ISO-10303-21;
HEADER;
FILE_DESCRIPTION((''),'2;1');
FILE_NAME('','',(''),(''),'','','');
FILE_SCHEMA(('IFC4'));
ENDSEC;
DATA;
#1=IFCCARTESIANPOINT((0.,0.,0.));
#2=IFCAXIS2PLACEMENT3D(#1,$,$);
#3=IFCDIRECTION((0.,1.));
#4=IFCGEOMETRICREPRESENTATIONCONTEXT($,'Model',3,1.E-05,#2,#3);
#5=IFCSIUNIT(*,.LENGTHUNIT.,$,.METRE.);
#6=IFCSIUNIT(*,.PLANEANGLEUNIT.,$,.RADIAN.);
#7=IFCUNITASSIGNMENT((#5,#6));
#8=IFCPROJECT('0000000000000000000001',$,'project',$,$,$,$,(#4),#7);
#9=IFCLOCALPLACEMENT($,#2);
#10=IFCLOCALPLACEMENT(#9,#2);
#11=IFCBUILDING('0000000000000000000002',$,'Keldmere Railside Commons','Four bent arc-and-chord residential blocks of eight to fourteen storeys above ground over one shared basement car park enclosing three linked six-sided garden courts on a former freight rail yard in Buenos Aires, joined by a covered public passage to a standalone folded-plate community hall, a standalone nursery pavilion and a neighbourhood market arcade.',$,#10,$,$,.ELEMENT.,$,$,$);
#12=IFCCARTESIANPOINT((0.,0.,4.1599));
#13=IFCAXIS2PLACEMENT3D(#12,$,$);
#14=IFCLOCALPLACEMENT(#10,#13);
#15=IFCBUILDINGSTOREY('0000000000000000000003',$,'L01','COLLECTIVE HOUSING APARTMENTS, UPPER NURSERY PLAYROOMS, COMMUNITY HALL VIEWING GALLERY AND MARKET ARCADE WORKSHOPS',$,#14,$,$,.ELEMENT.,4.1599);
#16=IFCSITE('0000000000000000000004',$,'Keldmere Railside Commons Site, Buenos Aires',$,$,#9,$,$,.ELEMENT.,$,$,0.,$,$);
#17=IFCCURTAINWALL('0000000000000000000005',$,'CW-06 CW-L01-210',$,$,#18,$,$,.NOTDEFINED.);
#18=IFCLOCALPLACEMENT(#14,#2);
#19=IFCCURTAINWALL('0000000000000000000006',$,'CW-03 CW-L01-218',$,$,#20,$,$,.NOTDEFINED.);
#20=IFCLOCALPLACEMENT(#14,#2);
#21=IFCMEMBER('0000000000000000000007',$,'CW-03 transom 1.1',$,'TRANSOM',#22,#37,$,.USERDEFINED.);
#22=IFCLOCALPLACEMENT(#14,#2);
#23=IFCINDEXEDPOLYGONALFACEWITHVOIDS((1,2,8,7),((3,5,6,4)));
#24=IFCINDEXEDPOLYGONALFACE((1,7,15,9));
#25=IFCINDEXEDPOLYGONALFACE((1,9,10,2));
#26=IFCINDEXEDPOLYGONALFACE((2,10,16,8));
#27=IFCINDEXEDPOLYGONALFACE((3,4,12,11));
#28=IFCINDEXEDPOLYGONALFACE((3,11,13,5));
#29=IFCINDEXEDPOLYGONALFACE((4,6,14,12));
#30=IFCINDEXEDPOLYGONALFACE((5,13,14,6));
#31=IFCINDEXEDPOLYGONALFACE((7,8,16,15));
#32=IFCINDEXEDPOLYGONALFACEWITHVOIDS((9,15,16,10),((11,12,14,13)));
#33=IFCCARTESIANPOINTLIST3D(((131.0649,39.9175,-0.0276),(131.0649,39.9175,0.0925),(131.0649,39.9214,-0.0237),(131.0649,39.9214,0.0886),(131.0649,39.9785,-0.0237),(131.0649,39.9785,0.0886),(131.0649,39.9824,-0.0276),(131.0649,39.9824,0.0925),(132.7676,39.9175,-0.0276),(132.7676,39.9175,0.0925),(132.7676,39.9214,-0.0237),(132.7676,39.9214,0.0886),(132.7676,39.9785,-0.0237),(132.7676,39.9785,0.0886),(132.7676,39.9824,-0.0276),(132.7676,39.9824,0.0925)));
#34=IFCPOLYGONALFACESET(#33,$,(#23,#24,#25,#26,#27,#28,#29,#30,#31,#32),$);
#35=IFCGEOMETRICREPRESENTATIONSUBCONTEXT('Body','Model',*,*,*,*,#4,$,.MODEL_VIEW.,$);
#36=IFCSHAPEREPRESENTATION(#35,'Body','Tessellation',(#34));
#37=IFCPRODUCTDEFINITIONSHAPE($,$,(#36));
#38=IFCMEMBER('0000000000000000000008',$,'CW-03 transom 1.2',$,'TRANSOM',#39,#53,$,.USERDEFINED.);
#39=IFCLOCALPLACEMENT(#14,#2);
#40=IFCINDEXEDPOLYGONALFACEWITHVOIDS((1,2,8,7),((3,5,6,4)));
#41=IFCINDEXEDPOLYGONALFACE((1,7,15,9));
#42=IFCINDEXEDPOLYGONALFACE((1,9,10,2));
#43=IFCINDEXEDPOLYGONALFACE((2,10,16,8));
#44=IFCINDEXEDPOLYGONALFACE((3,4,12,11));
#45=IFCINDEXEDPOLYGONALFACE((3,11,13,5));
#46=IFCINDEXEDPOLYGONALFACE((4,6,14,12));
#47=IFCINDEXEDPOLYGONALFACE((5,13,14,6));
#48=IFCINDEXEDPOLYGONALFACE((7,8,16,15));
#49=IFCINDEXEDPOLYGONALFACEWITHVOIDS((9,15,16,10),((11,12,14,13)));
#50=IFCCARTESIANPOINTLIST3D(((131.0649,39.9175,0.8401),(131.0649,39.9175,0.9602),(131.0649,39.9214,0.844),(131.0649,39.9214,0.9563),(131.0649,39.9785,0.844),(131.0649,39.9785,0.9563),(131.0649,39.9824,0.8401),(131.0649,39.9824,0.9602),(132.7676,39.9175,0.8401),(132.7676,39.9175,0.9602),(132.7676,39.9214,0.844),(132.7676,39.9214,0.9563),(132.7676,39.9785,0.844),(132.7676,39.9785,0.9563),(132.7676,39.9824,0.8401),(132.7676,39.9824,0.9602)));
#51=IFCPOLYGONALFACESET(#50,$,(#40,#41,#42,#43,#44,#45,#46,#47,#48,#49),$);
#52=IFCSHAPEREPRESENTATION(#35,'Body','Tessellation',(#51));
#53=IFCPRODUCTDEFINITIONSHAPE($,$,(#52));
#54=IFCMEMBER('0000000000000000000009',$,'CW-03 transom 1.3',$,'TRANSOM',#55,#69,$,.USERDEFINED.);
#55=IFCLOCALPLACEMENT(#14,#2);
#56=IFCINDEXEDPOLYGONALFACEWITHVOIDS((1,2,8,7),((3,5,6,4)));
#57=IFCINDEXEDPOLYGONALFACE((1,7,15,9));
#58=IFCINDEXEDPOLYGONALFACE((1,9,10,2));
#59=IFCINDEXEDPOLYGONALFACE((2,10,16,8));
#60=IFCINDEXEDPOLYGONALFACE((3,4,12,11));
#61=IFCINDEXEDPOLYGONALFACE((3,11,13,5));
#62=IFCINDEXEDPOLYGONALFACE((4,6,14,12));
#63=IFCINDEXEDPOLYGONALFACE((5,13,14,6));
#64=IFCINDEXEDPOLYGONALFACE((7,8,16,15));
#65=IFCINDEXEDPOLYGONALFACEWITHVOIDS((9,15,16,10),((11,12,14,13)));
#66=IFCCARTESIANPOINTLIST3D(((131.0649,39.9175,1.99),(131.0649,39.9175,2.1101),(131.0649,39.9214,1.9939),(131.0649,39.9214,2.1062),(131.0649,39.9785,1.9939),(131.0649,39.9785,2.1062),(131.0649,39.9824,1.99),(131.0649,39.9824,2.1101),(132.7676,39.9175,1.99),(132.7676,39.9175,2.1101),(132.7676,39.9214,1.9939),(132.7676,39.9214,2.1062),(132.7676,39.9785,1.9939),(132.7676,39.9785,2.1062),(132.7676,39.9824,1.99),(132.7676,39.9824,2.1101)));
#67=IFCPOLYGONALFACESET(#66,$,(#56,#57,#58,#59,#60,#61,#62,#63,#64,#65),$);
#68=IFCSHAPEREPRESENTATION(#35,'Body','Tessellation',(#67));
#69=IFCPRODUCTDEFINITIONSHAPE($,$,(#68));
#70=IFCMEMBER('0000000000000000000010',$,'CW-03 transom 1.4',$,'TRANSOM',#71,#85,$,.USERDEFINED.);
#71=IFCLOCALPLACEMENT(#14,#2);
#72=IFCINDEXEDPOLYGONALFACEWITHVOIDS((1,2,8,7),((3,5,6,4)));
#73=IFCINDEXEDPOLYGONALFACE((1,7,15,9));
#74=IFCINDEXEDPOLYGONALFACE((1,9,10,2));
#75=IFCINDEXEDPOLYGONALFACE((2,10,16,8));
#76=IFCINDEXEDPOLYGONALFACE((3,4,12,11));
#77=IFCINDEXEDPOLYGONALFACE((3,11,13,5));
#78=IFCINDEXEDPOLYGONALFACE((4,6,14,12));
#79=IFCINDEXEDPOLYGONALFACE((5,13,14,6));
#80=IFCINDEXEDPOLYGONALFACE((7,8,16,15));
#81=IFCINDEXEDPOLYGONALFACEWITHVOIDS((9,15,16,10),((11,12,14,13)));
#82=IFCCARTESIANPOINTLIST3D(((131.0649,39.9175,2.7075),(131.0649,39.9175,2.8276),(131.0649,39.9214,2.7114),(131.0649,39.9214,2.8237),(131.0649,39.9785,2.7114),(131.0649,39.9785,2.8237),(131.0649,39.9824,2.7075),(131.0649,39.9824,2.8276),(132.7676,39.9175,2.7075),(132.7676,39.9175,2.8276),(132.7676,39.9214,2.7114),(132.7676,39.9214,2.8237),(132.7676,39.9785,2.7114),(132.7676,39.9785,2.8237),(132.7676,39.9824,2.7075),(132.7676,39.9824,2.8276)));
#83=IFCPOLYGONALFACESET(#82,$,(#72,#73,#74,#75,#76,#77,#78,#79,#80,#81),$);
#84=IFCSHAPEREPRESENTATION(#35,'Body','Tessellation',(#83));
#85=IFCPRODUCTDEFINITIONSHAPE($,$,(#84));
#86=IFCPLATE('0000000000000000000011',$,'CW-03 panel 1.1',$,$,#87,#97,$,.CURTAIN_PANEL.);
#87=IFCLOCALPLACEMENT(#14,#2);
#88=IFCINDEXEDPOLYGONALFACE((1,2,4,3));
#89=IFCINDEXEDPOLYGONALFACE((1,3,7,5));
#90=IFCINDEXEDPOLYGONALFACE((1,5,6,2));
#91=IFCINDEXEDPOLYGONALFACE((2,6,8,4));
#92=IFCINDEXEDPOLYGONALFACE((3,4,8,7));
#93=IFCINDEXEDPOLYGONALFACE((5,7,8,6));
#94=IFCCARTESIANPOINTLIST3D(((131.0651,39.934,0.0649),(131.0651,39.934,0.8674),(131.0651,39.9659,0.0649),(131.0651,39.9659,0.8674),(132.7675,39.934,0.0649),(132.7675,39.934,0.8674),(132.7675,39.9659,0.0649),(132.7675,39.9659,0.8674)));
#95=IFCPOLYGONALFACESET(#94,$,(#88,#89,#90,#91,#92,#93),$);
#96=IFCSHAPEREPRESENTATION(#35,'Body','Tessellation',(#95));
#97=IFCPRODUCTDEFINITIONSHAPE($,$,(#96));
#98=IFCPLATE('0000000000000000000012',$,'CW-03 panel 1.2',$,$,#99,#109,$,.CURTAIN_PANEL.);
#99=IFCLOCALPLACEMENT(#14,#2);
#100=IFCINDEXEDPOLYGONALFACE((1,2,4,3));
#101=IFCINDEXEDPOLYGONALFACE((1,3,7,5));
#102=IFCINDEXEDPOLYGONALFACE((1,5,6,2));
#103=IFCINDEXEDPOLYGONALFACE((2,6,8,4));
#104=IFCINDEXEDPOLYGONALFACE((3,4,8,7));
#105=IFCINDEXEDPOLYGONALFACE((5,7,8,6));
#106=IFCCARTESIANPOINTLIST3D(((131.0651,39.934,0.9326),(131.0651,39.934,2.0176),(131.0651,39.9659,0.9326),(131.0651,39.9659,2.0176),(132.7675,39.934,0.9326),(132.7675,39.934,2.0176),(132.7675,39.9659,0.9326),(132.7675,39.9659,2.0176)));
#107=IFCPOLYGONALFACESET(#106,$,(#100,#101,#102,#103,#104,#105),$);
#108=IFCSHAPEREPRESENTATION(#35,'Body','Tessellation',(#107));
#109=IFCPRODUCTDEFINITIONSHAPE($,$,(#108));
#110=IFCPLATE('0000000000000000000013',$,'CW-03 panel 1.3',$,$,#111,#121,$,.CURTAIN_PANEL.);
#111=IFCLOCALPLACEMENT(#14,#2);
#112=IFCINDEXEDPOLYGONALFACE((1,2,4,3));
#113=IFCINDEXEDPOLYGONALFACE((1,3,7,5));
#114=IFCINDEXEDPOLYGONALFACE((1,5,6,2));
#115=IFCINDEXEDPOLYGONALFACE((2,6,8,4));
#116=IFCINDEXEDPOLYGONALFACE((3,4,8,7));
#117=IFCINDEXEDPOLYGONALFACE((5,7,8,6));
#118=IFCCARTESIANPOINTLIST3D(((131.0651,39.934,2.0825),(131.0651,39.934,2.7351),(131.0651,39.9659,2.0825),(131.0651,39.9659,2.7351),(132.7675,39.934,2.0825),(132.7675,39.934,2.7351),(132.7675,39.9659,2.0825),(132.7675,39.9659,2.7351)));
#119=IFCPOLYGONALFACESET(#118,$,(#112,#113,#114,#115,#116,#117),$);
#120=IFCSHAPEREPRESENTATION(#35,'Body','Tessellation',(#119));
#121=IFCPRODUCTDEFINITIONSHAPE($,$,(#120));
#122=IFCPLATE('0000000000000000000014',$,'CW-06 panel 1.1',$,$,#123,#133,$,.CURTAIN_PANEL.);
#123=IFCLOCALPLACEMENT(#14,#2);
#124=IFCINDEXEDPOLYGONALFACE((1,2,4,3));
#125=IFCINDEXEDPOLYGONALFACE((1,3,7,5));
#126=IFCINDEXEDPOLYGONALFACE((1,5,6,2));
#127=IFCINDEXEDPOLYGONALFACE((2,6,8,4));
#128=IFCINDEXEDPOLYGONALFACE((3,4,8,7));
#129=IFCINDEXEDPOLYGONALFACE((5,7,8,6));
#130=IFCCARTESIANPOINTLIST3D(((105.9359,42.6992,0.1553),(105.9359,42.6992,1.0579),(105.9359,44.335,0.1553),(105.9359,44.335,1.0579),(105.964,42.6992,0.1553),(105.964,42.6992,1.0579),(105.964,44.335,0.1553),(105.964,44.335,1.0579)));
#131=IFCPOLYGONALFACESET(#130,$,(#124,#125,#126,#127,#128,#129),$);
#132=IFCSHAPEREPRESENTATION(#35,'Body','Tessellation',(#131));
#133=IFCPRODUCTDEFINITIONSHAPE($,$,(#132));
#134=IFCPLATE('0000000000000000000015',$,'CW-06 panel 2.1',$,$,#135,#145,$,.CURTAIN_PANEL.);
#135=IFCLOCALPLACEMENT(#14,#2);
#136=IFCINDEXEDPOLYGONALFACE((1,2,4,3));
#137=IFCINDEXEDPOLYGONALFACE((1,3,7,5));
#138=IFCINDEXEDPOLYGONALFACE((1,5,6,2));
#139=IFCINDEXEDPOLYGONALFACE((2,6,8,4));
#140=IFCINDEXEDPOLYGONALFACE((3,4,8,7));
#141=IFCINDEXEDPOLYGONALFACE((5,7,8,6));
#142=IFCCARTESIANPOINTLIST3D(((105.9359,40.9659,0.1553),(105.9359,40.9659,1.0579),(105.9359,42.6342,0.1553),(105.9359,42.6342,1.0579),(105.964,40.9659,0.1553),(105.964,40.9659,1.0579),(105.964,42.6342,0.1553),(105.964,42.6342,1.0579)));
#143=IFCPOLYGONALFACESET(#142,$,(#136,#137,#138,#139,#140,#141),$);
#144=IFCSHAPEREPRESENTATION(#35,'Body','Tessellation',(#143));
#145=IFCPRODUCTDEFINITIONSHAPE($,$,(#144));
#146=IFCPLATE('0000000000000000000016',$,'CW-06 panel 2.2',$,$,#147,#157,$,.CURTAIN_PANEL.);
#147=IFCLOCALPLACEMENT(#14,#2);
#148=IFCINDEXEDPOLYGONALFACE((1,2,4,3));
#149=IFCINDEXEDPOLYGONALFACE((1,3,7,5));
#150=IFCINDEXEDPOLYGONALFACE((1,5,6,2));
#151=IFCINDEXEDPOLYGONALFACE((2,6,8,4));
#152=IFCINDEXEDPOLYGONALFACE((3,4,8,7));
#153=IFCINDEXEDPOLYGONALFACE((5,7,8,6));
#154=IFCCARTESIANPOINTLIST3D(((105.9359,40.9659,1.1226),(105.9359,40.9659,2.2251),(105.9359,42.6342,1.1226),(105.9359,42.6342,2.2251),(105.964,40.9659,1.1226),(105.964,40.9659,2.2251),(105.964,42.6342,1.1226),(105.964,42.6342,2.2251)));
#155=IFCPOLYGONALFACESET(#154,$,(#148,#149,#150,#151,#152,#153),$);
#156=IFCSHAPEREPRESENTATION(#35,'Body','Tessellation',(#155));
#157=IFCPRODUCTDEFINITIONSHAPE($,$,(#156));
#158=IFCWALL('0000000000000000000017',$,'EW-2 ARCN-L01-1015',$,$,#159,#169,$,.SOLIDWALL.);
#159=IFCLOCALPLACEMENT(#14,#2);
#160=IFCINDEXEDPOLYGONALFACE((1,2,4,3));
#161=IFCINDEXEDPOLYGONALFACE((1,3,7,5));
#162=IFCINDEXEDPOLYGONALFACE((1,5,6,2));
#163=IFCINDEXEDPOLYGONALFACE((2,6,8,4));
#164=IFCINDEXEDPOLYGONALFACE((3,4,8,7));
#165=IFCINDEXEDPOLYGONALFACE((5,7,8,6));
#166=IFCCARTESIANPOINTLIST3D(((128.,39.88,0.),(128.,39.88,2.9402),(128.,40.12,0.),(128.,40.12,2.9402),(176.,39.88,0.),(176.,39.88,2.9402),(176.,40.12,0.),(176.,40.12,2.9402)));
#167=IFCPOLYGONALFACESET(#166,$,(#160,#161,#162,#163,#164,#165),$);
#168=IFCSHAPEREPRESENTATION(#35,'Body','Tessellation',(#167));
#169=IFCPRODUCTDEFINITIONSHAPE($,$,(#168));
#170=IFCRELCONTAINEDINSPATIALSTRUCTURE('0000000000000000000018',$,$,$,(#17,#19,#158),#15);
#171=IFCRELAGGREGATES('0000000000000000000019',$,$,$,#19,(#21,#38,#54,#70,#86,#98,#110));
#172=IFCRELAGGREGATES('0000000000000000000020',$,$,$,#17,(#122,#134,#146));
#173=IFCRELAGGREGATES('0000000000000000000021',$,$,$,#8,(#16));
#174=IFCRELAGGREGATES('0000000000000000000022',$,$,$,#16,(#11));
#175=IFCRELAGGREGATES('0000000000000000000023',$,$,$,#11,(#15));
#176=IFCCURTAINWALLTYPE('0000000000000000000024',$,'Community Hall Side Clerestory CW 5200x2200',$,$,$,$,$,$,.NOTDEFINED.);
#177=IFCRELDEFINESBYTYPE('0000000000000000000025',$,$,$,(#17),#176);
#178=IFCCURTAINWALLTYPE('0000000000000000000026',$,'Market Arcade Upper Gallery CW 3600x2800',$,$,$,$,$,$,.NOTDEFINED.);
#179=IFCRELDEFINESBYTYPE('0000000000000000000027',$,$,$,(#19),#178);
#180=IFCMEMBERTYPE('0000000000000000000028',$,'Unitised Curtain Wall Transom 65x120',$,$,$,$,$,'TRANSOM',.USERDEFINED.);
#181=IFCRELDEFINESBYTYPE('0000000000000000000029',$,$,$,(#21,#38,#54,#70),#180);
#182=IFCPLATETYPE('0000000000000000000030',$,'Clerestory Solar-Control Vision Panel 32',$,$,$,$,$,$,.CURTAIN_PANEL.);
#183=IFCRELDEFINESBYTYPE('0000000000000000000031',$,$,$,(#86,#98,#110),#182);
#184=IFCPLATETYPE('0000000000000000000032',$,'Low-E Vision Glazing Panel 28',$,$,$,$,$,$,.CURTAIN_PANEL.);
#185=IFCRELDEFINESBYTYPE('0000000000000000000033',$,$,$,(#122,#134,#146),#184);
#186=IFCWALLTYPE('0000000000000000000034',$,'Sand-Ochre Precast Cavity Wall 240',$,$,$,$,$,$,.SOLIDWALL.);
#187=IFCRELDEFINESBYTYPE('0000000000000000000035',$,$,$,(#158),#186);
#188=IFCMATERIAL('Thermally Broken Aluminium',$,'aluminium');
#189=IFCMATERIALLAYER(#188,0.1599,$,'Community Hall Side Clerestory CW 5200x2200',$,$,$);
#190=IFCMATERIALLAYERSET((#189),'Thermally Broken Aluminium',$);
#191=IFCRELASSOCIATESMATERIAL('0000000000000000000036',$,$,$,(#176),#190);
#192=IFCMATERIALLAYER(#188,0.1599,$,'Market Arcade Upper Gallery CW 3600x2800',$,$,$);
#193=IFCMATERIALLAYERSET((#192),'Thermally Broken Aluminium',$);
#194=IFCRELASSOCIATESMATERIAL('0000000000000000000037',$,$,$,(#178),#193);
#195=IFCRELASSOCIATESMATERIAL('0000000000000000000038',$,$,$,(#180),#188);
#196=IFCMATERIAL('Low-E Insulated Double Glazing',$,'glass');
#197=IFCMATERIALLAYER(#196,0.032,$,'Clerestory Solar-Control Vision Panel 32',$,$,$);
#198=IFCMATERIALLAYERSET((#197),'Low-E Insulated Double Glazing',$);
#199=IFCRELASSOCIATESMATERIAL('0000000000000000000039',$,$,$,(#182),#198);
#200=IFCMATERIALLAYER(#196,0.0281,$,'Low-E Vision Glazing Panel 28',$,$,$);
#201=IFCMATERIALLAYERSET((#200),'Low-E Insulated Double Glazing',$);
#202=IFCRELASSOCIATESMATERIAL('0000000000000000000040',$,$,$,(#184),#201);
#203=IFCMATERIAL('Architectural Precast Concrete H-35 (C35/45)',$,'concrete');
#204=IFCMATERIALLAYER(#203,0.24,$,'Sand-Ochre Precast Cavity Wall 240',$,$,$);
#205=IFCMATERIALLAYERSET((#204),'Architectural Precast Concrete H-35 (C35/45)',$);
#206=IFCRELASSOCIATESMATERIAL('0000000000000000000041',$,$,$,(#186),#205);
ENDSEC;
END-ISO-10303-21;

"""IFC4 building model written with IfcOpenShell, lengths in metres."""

from ifc_helpers import new_model, si_unit, direction, frame, frame_2d, origin, origin_2d, place, context, subcontext, project, spatial, rectangle, hollow_rectangle, extrude, material, layer, layer_set, material_profile, profile_set, type_object, element, aggregate, save


model = new_model("IFC4")

# Units and contexts
model_context = context("Model", 3, precision=1e-05, world=origin(), true_north=direction((0.0, 1.0)))
body_context = subcontext(model_context, "Body", "Model", "MODEL_VIEW")
ifc_project = project(units=[si_unit("LENGTHUNIT", "METRE"), si_unit("PLANEANGLEUNIT", "RADIAN")], contexts=[model_context])

# Site, building, storey
site_placement = place(None, origin())
site = spatial("IfcSite", under=ifc_project, at=site_placement, Name="Keldmere Railside Commons Site, Buenos Aires", CompositionType="ELEMENT", RefElevation=0.0)
building_placement = place(site_placement, origin())
building = spatial("IfcBuilding", under=site, at=building_placement, Name="Keldmere Railside Commons", Description="Four bent arc-and-chord residential blocks of eight to fourteen storeys above ground over one shared basement car park enclosing three linked six-sided garden courts on a former freight rail yard in Buenos Aires, joined by a covered public passage to a standalone folded-plate community hall, a standalone nursery pavilion and a neighbourhood market arcade.", CompositionType="ELEMENT")
storey_placement = place(building_placement, frame((0.0, 0.0, 4.1599)))
storey = spatial("IfcBuildingStorey", under=building, at=storey_placement, Name="L01", Description="COLLECTIVE HOUSING APARTMENTS, UPPER NURSERY PLAYROOMS, COMMUNITY HALL VIEWING GALLERY AND MARKET ARCADE WORKSHOPS", CompositionType="ELEMENT", Elevation=4.1599)

# Curtain wall
ifc_material_1 = material(Name="Thermally Broken Aluminium", Category="aluminium")
ifc_layer_1 = layer(ifc_material_1, 0.1599, Name="Community Hall Side Clerestory CW 5200x2200")
ifc_layer_set_1 = layer_set([ifc_layer_1], Name="Thermally Broken Aluminium")
curtain_wall_type_1 = type_object("IfcCurtainWallType", Name="Community Hall Side Clerestory CW 5200x2200", PredefinedType="NOTDEFINED", material=ifc_layer_set_1)
curtain_wall_1_placement = place(storey_placement, origin())
curtain_wall_1 = element("IfcCurtainWall", 1, at=curtain_wall_1_placement, inside=storey, type_object=curtain_wall_type_1, Name="CW-06 CW-L01-210", PredefinedType="NOTDEFINED")

# Shared definitions
ifc_material_2 = material(Name="Architectural Precast Concrete H-35 (C35/45)", Category="concrete")

# Curtain wall, members, plates
ifc_layer_2 = layer(ifc_material_1, 0.1599, Name="Market Arcade Upper Gallery CW 3600x2800")
ifc_layer_set_2 = layer_set([ifc_layer_2], Name="Thermally Broken Aluminium")
curtain_wall_type_2 = type_object("IfcCurtainWallType", Name="Market Arcade Upper Gallery CW 3600x2800", PredefinedType="NOTDEFINED", material=ifc_layer_set_2)
curtain_wall_2_placement = place(storey_placement, origin())
curtain_wall_2 = element("IfcCurtainWall", 2, at=curtain_wall_2_placement, inside=storey, type_object=curtain_wall_type_2, Name="CW-03 CW-L01-218", PredefinedType="NOTDEFINED")
ifc_material_profile_1 = material_profile(ifc_material_1, hollow_rectangle(XDim=0.0649, YDim=0.1201, WallThickness=0.0039, at=origin_2d()), Name="ALU-TRAN-65x120")
ifc_profile_set_1 = profile_set([ifc_material_profile_1], Name="Thermally Broken Aluminium")
member_type_1 = type_object("IfcMemberType", Name="Unitised Curtain Wall Transom 65x120", ElementType="TRANSOM", PredefinedType="USERDEFINED", material=ifc_profile_set_1)
member_1_placement = place(storey_placement, frame((131.0649, 39.95, 0.0325), z_axis=(1.0, 0.0, 0.0), x_axis=(0.0, 1.0, 0.0)))
member_1 = element("IfcMember", 3, at=member_1_placement, type_object=member_type_1, Name="CW-03 transom 1.1", ObjectType="TRANSOM", PredefinedType="USERDEFINED", context=body_context, shape_type="SweptSolid", body=[
    extrude(hollow_rectangle(XDim=0.0649, YDim=0.1201, WallThickness=0.0039, at=origin_2d()), origin(), (0.0, 0.0, 1.0), 1.7026),
])
member_2_placement = place(storey_placement, frame((131.0649, 39.95, 0.9001), z_axis=(1.0, 0.0, 0.0), x_axis=(0.0, 1.0, 0.0)))
member_2 = element("IfcMember", 4, at=member_2_placement, type_object=member_type_1, Name="CW-03 transom 1.2", ObjectType="TRANSOM", PredefinedType="USERDEFINED", context=body_context, shape_type="SweptSolid", body=[
    extrude(hollow_rectangle(XDim=0.0649, YDim=0.1201, WallThickness=0.0039, at=origin_2d()), origin(), (0.0, 0.0, 1.0), 1.7026),
])
member_3_placement = place(storey_placement, frame((131.0649, 39.95, 2.05), z_axis=(1.0, 0.0, 0.0), x_axis=(0.0, 1.0, 0.0)))
member_3 = element("IfcMember", 5, at=member_3_placement, type_object=member_type_1, Name="CW-03 transom 1.3", ObjectType="TRANSOM", PredefinedType="USERDEFINED", context=body_context, shape_type="SweptSolid", body=[
    extrude(hollow_rectangle(XDim=0.0649, YDim=0.1201, WallThickness=0.0039, at=origin_2d()), origin(), (0.0, 0.0, 1.0), 1.7026),
])
member_4_placement = place(storey_placement, frame((131.0649, 39.95, 2.7676), z_axis=(1.0, 0.0, 0.0), x_axis=(0.0, 1.0, 0.0)))
member_4 = element("IfcMember", 6, at=member_4_placement, type_object=member_type_1, Name="CW-03 transom 1.4", ObjectType="TRANSOM", PredefinedType="USERDEFINED", context=body_context, shape_type="SweptSolid", body=[
    extrude(hollow_rectangle(XDim=0.0649, YDim=0.1201, WallThickness=0.0039, at=origin_2d()), origin(), (0.0, 0.0, 1.0), 1.7026),
])
ifc_material_3 = material(Name="Low-E Insulated Double Glazing", Category="glass")
ifc_layer_3 = layer(ifc_material_3, 0.032, Name="Clerestory Solar-Control Vision Panel 32")
ifc_layer_set_3 = layer_set([ifc_layer_3], Name="Low-E Insulated Double Glazing")
plate_type_1 = type_object("IfcPlateType", Name="Clerestory Solar-Control Vision Panel 32", PredefinedType="CURTAIN_PANEL", material=ifc_layer_set_3)
plate_1_placement = place(storey_placement, frame((131.9163, 39.95, 0.0649), z_axis=(0.0, 0.0, 1.0), x_axis=(1.0, 0.0, 0.0)))
plate_1 = element("IfcPlate", 7, at=plate_1_placement, type_object=plate_type_1, Name="CW-03 panel 1.1", PredefinedType="CURTAIN_PANEL", context=body_context, shape_type="SweptSolid", body=[
    extrude(rectangle(XDim=1.7024, YDim=0.032, at=origin_2d()), origin(), (0.0, 0.0, 1.0), 0.8025),
])
plate_2_placement = place(storey_placement, frame((131.9163, 39.95, 0.9326), z_axis=(0.0, 0.0, 1.0), x_axis=(1.0, 0.0, 0.0)))
plate_2 = element("IfcPlate", 8, at=plate_2_placement, type_object=plate_type_1, Name="CW-03 panel 1.2", PredefinedType="CURTAIN_PANEL", context=body_context, shape_type="SweptSolid", body=[
    extrude(rectangle(XDim=1.7024, YDim=0.032, at=origin_2d()), origin(), (0.0, 0.0, 1.0), 1.085),
])
plate_3_placement = place(storey_placement, frame((131.9163, 39.95, 2.0825), z_axis=(0.0, 0.0, 1.0), x_axis=(1.0, 0.0, 0.0)))
plate_3 = element("IfcPlate", 9, at=plate_3_placement, type_object=plate_type_1, Name="CW-03 panel 1.3", PredefinedType="CURTAIN_PANEL", context=body_context, shape_type="SweptSolid", body=[
    extrude(rectangle(XDim=1.7024, YDim=0.032, at=origin_2d()), origin(), (0.0, 0.0, 1.0), 0.6526),
])
aggregate(curtain_wall_2, [member_1, member_2, member_3, member_4, plate_1, plate_2, plate_3])

# Plates
ifc_layer_4 = layer(ifc_material_3, 0.0281, Name="Low-E Vision Glazing Panel 28")
ifc_layer_set_4 = layer_set([ifc_layer_4], Name="Low-E Insulated Double Glazing")
plate_type_2 = type_object("IfcPlateType", Name="Low-E Vision Glazing Panel 28", PredefinedType="CURTAIN_PANEL", material=ifc_layer_set_4)
plate_4_placement = place(storey_placement, frame((105.95, 43.5171, 0.1553), z_axis=(0.0, 0.0, 1.0), x_axis=(0.0, -1.0, 0.0)))
plate_4 = element("IfcPlate", 10, at=plate_4_placement, type_object=plate_type_2, Name="CW-06 panel 1.1", PredefinedType="CURTAIN_PANEL", context=body_context, shape_type="SweptSolid", body=[
    extrude(rectangle(XDim=1.6357, YDim=0.0281, at=origin_2d()), origin(), (0.0, 0.0, 1.0), 0.9026),
])
plate_5_placement = place(storey_placement, frame((105.95, 41.8, 0.1553), z_axis=(0.0, 0.0, 1.0), x_axis=(0.0, -1.0, 0.0)))
plate_5 = element("IfcPlate", 11, at=plate_5_placement, type_object=plate_type_2, Name="CW-06 panel 2.1", PredefinedType="CURTAIN_PANEL", context=body_context, shape_type="SweptSolid", body=[
    extrude(rectangle(XDim=1.6682, YDim=0.0281, at=origin_2d()), origin(), (0.0, 0.0, 1.0), 0.9026),
])
plate_6_placement = place(storey_placement, frame((105.95, 41.8, 1.1226), z_axis=(0.0, 0.0, 1.0), x_axis=(0.0, -1.0, 0.0)))
plate_6 = element("IfcPlate", 12, at=plate_6_placement, type_object=plate_type_2, Name="CW-06 panel 2.2", PredefinedType="CURTAIN_PANEL", context=body_context, shape_type="SweptSolid", body=[
    extrude(rectangle(XDim=1.6682, YDim=0.0281, at=origin_2d()), origin(), (0.0, 0.0, 1.0), 1.1025),
])
aggregate(curtain_wall_1, [plate_4, plate_5, plate_6])

# Wall
ifc_layer_5 = layer(ifc_material_2, 0.24, Name="Sand-Ochre Precast Cavity Wall 240")
ifc_layer_set_5 = layer_set([ifc_layer_5], Name="Architectural Precast Concrete H-35 (C35/45)")
wall_type = type_object("IfcWallType", Name="Sand-Ochre Precast Cavity Wall 240", PredefinedType="SOLIDWALL", material=ifc_layer_set_5)
wall_placement = place(storey_placement, frame((128.0, 40.0, 0.0), z_axis=(0.0, 0.0, 1.0), x_axis=(1.0, 0.0, 0.0)))
element("IfcWall", 13, at=wall_placement, inside=storey, type_object=wall_type, Name="EW-2 ARCN-L01-1015", PredefinedType="SOLIDWALL", context=body_context, shape_type="SweptSolid", body=[
    extrude(rectangle(XDim=48.0, YDim=0.24, at=frame_2d((24.0, 0.0))), origin(), (0.0, 0.0, 1.0), 2.9402),
])

save(model, "model.ifc")
